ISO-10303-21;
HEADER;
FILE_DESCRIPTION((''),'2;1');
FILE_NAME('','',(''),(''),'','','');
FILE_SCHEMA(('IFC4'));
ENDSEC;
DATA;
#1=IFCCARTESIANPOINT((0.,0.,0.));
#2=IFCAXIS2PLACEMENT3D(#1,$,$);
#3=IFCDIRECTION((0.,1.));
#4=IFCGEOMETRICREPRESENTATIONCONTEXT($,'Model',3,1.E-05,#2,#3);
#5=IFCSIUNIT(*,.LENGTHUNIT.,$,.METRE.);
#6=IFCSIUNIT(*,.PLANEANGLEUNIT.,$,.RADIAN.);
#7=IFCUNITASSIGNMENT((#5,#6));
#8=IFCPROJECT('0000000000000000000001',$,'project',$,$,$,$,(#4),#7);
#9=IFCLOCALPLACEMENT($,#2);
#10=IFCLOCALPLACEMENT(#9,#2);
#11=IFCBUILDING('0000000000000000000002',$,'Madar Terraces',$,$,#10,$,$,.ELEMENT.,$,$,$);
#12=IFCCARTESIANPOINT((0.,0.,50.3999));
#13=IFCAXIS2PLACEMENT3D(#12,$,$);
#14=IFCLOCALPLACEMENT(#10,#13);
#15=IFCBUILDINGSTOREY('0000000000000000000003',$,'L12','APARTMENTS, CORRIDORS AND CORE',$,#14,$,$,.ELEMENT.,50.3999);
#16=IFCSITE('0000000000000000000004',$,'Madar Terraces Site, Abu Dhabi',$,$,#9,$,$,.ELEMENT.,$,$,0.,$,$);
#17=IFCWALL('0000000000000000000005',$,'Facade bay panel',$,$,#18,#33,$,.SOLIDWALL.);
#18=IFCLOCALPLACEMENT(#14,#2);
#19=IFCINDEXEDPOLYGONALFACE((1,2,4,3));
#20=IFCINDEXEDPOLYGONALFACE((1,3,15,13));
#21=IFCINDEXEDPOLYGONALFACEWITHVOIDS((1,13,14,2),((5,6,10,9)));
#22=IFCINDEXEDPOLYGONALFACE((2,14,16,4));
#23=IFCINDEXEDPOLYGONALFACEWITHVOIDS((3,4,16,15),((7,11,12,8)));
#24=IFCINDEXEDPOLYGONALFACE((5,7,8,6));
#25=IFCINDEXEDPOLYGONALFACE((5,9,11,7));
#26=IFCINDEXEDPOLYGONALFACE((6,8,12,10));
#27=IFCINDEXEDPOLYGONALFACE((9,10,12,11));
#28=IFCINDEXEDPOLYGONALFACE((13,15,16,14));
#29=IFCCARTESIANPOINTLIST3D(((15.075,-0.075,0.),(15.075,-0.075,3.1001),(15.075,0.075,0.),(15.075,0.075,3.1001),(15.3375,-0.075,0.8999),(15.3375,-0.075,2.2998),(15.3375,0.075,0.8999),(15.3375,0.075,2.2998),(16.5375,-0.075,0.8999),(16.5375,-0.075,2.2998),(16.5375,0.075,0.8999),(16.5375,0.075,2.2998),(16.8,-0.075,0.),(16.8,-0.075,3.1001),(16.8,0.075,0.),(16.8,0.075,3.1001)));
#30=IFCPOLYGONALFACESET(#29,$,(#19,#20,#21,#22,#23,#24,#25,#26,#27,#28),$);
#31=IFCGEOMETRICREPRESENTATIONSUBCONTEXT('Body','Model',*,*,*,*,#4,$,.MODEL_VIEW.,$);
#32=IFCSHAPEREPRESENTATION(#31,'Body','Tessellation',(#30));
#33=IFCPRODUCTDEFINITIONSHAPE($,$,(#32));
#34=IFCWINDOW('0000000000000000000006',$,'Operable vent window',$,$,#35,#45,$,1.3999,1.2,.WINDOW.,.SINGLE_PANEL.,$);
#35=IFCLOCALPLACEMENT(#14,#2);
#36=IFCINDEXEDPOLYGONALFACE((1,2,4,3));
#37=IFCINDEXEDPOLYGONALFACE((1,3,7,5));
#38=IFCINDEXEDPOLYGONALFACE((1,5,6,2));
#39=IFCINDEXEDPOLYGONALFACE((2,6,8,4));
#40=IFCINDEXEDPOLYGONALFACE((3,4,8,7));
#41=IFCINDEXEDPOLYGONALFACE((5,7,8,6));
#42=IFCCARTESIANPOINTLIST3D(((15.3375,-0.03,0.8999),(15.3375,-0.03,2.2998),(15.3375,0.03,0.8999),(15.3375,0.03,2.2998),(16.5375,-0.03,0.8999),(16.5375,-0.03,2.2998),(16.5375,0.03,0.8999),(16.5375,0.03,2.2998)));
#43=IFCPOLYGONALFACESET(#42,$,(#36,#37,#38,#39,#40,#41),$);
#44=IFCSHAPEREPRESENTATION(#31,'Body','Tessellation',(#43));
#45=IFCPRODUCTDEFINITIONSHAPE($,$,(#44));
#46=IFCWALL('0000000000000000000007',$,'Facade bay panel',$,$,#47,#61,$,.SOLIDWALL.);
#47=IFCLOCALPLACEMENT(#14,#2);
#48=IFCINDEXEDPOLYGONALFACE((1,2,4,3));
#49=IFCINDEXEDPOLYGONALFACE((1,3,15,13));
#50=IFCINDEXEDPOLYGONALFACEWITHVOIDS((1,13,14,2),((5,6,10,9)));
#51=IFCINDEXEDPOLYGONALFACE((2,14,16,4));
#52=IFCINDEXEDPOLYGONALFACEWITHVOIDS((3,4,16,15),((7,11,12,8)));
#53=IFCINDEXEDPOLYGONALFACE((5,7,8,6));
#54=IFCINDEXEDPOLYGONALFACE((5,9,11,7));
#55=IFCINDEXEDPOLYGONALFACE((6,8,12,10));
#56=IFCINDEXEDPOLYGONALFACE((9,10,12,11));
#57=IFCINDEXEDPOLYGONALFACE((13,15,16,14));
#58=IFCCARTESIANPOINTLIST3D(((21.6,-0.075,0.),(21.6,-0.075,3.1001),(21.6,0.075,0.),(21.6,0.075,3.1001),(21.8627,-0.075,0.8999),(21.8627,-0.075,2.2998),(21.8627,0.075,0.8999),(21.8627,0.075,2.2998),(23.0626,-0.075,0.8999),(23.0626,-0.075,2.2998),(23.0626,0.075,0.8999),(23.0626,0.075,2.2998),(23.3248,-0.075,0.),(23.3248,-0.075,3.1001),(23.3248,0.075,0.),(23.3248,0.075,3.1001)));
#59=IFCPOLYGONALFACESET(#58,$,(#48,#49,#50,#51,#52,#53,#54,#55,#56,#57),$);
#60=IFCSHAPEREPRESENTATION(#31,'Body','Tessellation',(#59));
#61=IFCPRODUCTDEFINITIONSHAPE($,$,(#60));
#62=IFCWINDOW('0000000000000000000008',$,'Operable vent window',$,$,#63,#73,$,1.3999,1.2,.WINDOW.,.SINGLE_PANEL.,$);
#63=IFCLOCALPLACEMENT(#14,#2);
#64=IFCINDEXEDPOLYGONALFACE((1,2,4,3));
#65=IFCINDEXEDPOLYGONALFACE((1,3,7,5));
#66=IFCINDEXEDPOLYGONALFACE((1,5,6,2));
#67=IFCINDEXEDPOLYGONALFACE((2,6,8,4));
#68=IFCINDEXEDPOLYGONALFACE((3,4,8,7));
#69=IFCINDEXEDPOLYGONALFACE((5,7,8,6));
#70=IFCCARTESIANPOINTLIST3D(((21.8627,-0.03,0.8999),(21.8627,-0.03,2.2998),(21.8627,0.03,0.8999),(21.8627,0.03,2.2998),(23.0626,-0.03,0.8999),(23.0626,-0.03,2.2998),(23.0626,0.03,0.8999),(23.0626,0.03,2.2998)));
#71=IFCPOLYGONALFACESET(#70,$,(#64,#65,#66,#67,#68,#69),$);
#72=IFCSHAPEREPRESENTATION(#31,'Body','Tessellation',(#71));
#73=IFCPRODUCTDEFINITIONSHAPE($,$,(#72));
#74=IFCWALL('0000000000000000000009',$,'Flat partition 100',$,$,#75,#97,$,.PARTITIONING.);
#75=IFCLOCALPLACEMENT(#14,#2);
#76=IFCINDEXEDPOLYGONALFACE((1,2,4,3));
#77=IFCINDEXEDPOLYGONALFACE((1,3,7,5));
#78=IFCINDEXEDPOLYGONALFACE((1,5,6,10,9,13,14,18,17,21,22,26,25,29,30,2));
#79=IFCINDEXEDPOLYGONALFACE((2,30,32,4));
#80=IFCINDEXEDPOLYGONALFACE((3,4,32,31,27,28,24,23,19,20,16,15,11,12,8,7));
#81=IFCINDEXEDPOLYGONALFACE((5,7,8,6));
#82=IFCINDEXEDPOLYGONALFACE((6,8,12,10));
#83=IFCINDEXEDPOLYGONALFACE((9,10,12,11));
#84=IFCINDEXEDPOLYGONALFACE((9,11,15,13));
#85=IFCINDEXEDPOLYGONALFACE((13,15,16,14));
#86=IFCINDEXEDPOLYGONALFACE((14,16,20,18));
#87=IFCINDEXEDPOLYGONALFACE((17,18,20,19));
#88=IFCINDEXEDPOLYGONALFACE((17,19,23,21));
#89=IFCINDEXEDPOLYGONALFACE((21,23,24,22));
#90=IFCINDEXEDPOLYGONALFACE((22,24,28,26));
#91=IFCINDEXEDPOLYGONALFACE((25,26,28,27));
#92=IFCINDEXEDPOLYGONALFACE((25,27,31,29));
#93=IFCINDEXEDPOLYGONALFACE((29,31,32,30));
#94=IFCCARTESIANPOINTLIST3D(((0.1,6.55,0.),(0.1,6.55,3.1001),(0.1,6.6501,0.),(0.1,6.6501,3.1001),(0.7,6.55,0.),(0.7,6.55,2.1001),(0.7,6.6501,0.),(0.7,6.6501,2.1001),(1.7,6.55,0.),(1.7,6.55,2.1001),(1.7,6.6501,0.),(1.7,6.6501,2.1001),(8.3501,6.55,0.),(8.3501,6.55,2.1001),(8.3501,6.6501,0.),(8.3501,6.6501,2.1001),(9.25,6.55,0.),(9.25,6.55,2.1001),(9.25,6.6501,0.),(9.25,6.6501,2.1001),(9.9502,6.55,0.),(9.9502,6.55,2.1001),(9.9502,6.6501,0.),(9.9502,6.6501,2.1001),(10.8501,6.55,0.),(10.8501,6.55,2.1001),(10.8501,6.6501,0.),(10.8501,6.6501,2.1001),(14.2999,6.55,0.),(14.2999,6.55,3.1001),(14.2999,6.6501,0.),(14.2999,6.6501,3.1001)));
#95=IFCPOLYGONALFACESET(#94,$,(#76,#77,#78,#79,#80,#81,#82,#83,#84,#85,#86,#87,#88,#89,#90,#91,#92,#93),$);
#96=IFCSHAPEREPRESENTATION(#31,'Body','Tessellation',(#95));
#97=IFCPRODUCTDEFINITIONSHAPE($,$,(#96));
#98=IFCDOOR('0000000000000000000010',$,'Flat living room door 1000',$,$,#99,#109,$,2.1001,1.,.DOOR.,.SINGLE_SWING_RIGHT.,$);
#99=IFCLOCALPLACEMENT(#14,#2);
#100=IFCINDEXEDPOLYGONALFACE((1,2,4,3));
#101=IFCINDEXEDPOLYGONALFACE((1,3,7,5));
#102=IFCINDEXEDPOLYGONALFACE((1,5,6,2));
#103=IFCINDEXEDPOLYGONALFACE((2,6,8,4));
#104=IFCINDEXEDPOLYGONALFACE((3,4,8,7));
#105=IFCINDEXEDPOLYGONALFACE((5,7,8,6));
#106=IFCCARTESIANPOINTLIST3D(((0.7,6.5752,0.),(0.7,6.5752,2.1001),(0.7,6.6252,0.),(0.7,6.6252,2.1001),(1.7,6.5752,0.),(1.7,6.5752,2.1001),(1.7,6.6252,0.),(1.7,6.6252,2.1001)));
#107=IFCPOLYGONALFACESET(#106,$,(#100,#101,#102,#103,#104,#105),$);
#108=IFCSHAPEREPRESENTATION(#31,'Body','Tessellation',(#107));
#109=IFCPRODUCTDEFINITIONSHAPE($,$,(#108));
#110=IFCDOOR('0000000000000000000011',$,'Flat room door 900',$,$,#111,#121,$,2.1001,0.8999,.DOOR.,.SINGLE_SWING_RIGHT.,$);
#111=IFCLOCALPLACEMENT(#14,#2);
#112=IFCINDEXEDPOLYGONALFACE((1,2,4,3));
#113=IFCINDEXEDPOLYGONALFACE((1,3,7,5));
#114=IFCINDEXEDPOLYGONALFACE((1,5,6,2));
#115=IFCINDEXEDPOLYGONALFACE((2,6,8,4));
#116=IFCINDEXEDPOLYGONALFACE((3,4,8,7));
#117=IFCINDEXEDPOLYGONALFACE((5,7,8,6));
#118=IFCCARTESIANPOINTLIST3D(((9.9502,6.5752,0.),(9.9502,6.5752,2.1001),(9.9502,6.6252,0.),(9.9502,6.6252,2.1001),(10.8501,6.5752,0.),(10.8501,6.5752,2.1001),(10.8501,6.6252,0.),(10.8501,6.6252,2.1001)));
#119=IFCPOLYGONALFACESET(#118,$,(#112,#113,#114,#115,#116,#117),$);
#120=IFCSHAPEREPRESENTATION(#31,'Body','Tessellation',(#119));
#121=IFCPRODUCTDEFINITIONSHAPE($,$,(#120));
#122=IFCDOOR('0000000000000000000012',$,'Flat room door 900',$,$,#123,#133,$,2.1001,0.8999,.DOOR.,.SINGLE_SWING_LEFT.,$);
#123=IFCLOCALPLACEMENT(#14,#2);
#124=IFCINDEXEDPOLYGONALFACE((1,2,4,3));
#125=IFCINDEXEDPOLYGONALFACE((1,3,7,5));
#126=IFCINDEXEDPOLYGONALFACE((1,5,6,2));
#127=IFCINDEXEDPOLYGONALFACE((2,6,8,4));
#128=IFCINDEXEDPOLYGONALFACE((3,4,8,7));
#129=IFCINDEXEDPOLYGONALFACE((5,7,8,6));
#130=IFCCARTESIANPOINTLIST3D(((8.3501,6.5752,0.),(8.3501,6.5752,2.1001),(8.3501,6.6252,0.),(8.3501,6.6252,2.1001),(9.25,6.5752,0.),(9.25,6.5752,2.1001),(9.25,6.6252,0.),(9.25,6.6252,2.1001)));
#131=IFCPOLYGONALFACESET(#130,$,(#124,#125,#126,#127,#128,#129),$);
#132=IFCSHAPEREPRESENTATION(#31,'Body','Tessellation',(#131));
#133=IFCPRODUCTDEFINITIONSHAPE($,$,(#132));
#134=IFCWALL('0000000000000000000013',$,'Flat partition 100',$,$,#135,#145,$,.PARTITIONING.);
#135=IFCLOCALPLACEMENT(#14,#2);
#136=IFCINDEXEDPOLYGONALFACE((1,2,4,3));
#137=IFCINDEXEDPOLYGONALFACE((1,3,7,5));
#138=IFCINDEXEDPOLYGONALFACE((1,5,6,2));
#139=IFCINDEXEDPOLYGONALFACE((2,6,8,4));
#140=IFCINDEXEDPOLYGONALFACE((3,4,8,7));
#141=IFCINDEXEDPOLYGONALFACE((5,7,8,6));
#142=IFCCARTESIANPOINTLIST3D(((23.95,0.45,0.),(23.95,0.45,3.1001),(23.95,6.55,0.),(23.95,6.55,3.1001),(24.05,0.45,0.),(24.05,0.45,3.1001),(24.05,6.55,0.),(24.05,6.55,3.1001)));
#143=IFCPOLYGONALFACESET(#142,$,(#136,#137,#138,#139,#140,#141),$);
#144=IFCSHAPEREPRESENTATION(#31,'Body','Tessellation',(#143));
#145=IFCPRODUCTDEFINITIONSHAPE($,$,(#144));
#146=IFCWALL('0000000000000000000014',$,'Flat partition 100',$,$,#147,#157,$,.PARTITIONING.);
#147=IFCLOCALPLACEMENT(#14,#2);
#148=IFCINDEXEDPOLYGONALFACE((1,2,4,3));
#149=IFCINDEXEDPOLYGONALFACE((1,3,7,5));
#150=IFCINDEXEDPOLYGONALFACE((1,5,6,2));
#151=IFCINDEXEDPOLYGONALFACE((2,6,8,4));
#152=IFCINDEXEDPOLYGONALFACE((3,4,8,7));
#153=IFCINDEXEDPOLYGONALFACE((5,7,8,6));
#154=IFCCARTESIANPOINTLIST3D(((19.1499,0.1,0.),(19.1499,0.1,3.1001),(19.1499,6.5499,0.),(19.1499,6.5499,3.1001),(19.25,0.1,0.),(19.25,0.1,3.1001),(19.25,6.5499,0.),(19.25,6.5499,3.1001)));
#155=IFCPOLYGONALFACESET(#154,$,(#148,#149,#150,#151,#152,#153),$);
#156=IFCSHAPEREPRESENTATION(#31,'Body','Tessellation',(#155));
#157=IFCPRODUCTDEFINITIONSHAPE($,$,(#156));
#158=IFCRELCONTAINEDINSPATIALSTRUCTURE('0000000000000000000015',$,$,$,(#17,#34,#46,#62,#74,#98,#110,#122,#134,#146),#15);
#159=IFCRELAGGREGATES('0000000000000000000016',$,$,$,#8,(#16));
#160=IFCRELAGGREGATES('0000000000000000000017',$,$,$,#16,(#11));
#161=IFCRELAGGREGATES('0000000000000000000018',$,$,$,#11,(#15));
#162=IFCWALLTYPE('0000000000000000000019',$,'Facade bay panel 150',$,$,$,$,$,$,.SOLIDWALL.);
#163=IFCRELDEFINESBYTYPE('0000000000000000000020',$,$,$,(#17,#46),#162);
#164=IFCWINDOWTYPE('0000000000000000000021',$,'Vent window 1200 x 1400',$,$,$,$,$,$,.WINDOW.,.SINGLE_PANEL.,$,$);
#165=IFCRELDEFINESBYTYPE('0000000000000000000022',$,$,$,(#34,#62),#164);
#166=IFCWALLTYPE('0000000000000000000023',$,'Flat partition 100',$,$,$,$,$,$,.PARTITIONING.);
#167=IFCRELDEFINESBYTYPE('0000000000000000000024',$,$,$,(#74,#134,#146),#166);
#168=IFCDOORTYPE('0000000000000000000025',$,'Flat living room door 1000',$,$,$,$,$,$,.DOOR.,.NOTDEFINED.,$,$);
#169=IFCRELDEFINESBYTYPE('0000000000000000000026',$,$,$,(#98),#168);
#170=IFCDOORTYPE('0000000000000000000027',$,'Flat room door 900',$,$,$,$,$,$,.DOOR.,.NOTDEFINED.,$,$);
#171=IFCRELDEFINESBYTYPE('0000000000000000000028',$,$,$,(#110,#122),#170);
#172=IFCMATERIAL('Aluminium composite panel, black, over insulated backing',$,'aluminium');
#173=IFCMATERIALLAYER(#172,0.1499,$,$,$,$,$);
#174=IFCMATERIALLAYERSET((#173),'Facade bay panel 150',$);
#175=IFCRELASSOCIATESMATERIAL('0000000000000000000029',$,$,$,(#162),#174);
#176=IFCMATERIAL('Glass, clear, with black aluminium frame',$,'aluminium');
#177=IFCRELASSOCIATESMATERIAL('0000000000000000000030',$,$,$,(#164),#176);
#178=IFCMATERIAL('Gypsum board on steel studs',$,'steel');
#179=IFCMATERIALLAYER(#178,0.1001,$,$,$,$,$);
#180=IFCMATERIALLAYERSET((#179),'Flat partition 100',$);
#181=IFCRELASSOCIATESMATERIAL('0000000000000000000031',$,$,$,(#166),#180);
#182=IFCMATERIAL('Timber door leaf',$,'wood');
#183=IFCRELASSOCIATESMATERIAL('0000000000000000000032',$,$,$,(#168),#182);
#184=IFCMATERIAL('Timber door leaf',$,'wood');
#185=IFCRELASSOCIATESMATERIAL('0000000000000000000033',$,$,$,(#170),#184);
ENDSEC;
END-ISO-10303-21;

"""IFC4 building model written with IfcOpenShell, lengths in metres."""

from ifc_helpers import new_model, si_unit, direction, frame, frame_2d, origin, place, context, subcontext, project, spatial, rectangle, extrude, material, layer, layer_set, type_object, element, fill, save


model = new_model("IFC4")

# Units and contexts
model_context = context("Model", 3, precision=1e-05, world=origin(), true_north=direction((0.0, 1.0)))
body_context = subcontext(model_context, "Body", "Model", "MODEL_VIEW")
ifc_project = project(units=[si_unit("LENGTHUNIT", "METRE"), si_unit("PLANEANGLEUNIT", "RADIAN")], contexts=[model_context])

# Site, building, storey
site_placement = place(None, origin())
site = spatial("IfcSite", under=ifc_project, at=site_placement, Name="Madar Terraces Site, Abu Dhabi", CompositionType="ELEMENT", RefElevation=0.0)
building_placement = place(site_placement, origin())
building = spatial("IfcBuilding", under=site, at=building_placement, Name="Madar Terraces", CompositionType="ELEMENT")
storey_placement = place(building_placement, frame((0.0, 0.0, 50.3999)))
storey = spatial("IfcBuildingStorey", under=building, at=storey_placement, Name="L12", Description="APARTMENTS, CORRIDORS AND CORE", CompositionType="ELEMENT", Elevation=50.3999)

# Walls, openings, windows
ifc_material_1 = material(Name="Aluminium composite panel, black, over insulated backing", Category="aluminium")
ifc_layer_1 = layer(ifc_material_1, 0.1499)
ifc_layer_set_1 = layer_set([ifc_layer_1], Name="Facade bay panel 150")
wall_type_1 = type_object("IfcWallType", Name="Facade bay panel 150", PredefinedType="SOLIDWALL", material=ifc_layer_set_1)
ifc_material_2 = material(Name="Glass, clear, with black aluminium frame", Category="aluminium")
window_type = type_object("IfcWindowType", Name="Vent window 1200 x 1400", PartitioningType="SINGLE_PANEL", PredefinedType="WINDOW", material=ifc_material_2)
wall_1_placement = place(storey_placement, frame((15.075, 0.0, 0.0), z_axis=(0.0, 0.0, 1.0), x_axis=(1.0, 0.0, 0.0)))
wall_1 = element("IfcWall", 1, at=wall_1_placement, inside=storey, type_object=wall_type_1, Name="Facade bay panel", PredefinedType="SOLIDWALL", context=body_context, shape_type="SweptSolid", body=[
    extrude(rectangle(XDim=1.7251, YDim=0.1499, at=frame_2d((0.8625, 0.0))), origin(), (0.0, 0.0, 1.0), 3.1001),
])
opening_1_placement = place(wall_1_placement, frame((0.2625, 0.0, 0.8999)))
opening_1 = element("IfcOpeningElement", 2, at=opening_1_placement, cuts=wall_1, PredefinedType="OPENING", context=body_context, shape_type="SweptSolid", body=[
    extrude(rectangle(XDim=1.2, YDim=1.3999, at=frame_2d((0.6001, 0.7))), frame((0.0, 0.085, 0.0), z_axis=(0.0, -1.0, 0.0), x_axis=(1.0, 0.0, 0.0)), (0.0, 0.0, 1.0), 0.1699),
])
window_1_placement = place(opening_1_placement, origin())
window_1 = element("IfcWindow", 3, at=window_1_placement, inside=storey, type_object=window_type, Name="Operable vent window", OverallHeight=1.3999, OverallWidth=1.2, PartitioningType="SINGLE_PANEL", PredefinedType="WINDOW", context=body_context, shape_type="SweptSolid", body=[
    extrude(rectangle(XDim=1.2, YDim=1.3999, at=frame_2d((0.6001, 0.7))), frame((0.0, 0.03, 0.0), z_axis=(0.0, -1.0, 0.0), x_axis=(1.0, 0.0, 0.0)), (0.0, 0.0, 1.0), 0.0601),
])
fill(opening_1, window_1)
wall_2_placement = place(storey_placement, frame((21.6001, 0.0, 0.0), z_axis=(0.0, 0.0, 1.0), x_axis=(1.0, 0.0, 0.0)))
wall_2 = element("IfcWall", 4, at=wall_2_placement, inside=storey, type_object=wall_type_1, Name="Facade bay panel", PredefinedType="SOLIDWALL", context=body_context, shape_type="SweptSolid", body=[
    extrude(rectangle(XDim=1.7249, YDim=0.1499, at=frame_2d((0.8623, 0.0))), origin(), (0.0, 0.0, 1.0), 3.1001),
])
opening_2_placement = place(wall_2_placement, frame((0.2625, 0.0, 0.8999)))
opening_2 = element("IfcOpeningElement", 5, at=opening_2_placement, cuts=wall_2, PredefinedType="OPENING", context=body_context, shape_type="SweptSolid", body=[
    extrude(rectangle(XDim=1.2, YDim=1.3999, at=frame_2d((0.6001, 0.7))), frame((0.0, 0.085, 0.0), z_axis=(0.0, -1.0, 0.0), x_axis=(1.0, 0.0, 0.0)), (0.0, 0.0, 1.0), 0.1699),
])
window_2_placement = place(opening_2_placement, origin())
window_2 = element("IfcWindow", 6, at=window_2_placement, inside=storey, type_object=window_type, Name="Operable vent window", OverallHeight=1.3999, OverallWidth=1.2, PartitioningType="SINGLE_PANEL", PredefinedType="WINDOW", context=body_context, shape_type="SweptSolid", body=[
    extrude(rectangle(XDim=1.2, YDim=1.3999, at=frame_2d((0.6001, 0.7))), frame((0.0, 0.03, 0.0), z_axis=(0.0, -1.0, 0.0), x_axis=(1.0, 0.0, 0.0)), (0.0, 0.0, 1.0), 0.0601),
])
fill(opening_2, window_2)

# Wall, openings, doors
ifc_material_3 = material(Name="Gypsum board on steel studs", Category="steel")
ifc_layer_2 = layer(ifc_material_3, 0.1001)
ifc_layer_set_2 = layer_set([ifc_layer_2], Name="Flat partition 100")
wall_type_2 = type_object("IfcWallType", Name="Flat partition 100", PredefinedType="PARTITIONING", material=ifc_layer_set_2)
wall_3_placement = place(storey_placement, frame((14.3, 6.6001, 0.0), z_axis=(0.0, 0.0, 1.0), x_axis=(-1.0, 0.0, 0.0)))
wall_3 = element("IfcWall", 7, at=wall_3_placement, inside=storey, type_object=wall_type_2, Name="Flat partition 100", PredefinedType="PARTITIONING", context=body_context, shape_type="SweptSolid", body=[
    extrude(rectangle(XDim=14.2, YDim=0.1001, at=frame_2d((7.1001, 0.0))), origin(), (0.0, 0.0, 1.0), 3.1001),
])
opening_3_placement = place(wall_3_placement, frame((3.45, 0.0, 0.0)))
opening_3 = element("IfcOpeningElement", 8, at=opening_3_placement, cuts=wall_3, PredefinedType="OPENING", context=body_context, shape_type="SweptSolid", body=[
    extrude(rectangle(XDim=0.8999, YDim=2.1001, at=frame_2d((0.45, 1.05))), frame((0.0, 0.0601, 0.0), z_axis=(0.0, -1.0, 0.0), x_axis=(1.0, 0.0, 0.0)), (0.0, 0.0, 1.0), 0.1201),
])
opening_4_placement = place(wall_3_placement, frame((5.05, 0.0, 0.0)))
opening_4 = element("IfcOpeningElement", 9, at=opening_4_placement, cuts=wall_3, PredefinedType="OPENING", context=body_context, shape_type="SweptSolid", body=[
    extrude(rectangle(XDim=0.8999, YDim=2.1001, at=frame_2d((0.45, 1.05))), frame((0.0, 0.0601, 0.0), z_axis=(0.0, -1.0, 0.0), x_axis=(1.0, 0.0, 0.0)), (0.0, 0.0, 1.0), 0.1201),
])
opening_5_placement = place(wall_3_placement, frame((12.6001, 0.0, 0.0)))
opening_5 = element("IfcOpeningElement", 10, at=opening_5_placement, cuts=wall_3, PredefinedType="OPENING", context=body_context, shape_type="SweptSolid", body=[
    extrude(rectangle(XDim=1.0, YDim=2.1001, at=frame_2d((0.5, 1.05))), frame((0.0, 0.0601, 0.0), z_axis=(0.0, -1.0, 0.0), x_axis=(1.0, 0.0, 0.0)), (0.0, 0.0, 1.0), 0.1201),
])
ifc_material_4 = material(Name="Timber door leaf", Category="wood")
door_type_1 = type_object("IfcDoorType", Name="Flat living room door 1000", OperationType="NOTDEFINED", PredefinedType="DOOR", material=ifc_material_4)
door_1_placement = place(opening_5_placement, origin())
door_1 = element("IfcDoor", 11, at=door_1_placement, inside=storey, type_object=door_type_1, Name="Flat living room door 1000", OperationType="SINGLE_SWING_RIGHT", OverallHeight=2.1001, OverallWidth=1.0, PredefinedType="DOOR", context=body_context, shape_type="SweptSolid", body=[
    extrude(rectangle(XDim=1.0, YDim=2.1001, at=frame_2d((0.5, 1.05))), frame((0.0, 0.0249, 0.0), z_axis=(0.0, -1.0, 0.0), x_axis=(1.0, 0.0, 0.0)), (0.0, 0.0, 1.0), 0.05),
])
fill(opening_5, door_1)
ifc_material_5 = material(Name="Timber door leaf", Category="wood")
door_type_2 = type_object("IfcDoorType", Name="Flat room door 900", OperationType="NOTDEFINED", PredefinedType="DOOR", material=ifc_material_5)
door_2_placement = place(opening_3_placement, origin())
door_2 = element("IfcDoor", 12, at=door_2_placement, inside=storey, type_object=door_type_2, Name="Flat room door 900", OperationType="SINGLE_SWING_RIGHT", OverallHeight=2.1001, OverallWidth=0.8999, PredefinedType="DOOR", context=body_context, shape_type="SweptSolid", body=[
    extrude(rectangle(XDim=0.8999, YDim=2.1001, at=frame_2d((0.45, 1.05))), frame((0.0, 0.0249, 0.0), z_axis=(0.0, -1.0, 0.0), x_axis=(1.0, 0.0, 0.0)), (0.0, 0.0, 1.0), 0.05),
])
fill(opening_3, door_2)
door_3_placement = place(opening_4_placement, origin())
door_3 = element("IfcDoor", 13, at=door_3_placement, inside=storey, type_object=door_type_2, Name="Flat room door 900", OperationType="SINGLE_SWING_LEFT", OverallHeight=2.1001, OverallWidth=0.8999, PredefinedType="DOOR", context=body_context, shape_type="SweptSolid", body=[
    extrude(rectangle(XDim=0.8999, YDim=2.1001, at=frame_2d((0.45, 1.05))), frame((0.0, 0.0249, 0.0), z_axis=(0.0, -1.0, 0.0), x_axis=(1.0, 0.0, 0.0)), (0.0, 0.0, 1.0), 0.05),
])
fill(opening_4, door_3)

# Walls
wall_4_placement = place(storey_placement, frame((24.0, 6.55, 0.0), z_axis=(0.0, 0.0, 1.0), x_axis=(0.0, -1.0, 0.0)))
element("IfcWall", 14, at=wall_4_placement, inside=storey, type_object=wall_type_2, Name="Flat partition 100", PredefinedType="PARTITIONING", context=body_context, shape_type="SweptSolid", body=[
    extrude(rectangle(XDim=6.1001, YDim=0.1001, at=frame_2d((3.05, 0.0))), origin(), (0.0, 0.0, 1.0), 3.1001),
])
wall_5_placement = place(storey_placement, frame((19.2, 6.55, 0.0), z_axis=(0.0, 0.0, 1.0), x_axis=(0.0, -1.0, 0.0)))
element("IfcWall", 15, at=wall_5_placement, inside=storey, type_object=wall_type_2, Name="Flat partition 100", PredefinedType="PARTITIONING", context=body_context, shape_type="SweptSolid", body=[
    extrude(rectangle(XDim=6.45, YDim=0.1001, at=frame_2d((3.2251, 0.0))), origin(), (0.0, 0.0, 1.0), 3.1001),
])

save(model, "model.ifc")
